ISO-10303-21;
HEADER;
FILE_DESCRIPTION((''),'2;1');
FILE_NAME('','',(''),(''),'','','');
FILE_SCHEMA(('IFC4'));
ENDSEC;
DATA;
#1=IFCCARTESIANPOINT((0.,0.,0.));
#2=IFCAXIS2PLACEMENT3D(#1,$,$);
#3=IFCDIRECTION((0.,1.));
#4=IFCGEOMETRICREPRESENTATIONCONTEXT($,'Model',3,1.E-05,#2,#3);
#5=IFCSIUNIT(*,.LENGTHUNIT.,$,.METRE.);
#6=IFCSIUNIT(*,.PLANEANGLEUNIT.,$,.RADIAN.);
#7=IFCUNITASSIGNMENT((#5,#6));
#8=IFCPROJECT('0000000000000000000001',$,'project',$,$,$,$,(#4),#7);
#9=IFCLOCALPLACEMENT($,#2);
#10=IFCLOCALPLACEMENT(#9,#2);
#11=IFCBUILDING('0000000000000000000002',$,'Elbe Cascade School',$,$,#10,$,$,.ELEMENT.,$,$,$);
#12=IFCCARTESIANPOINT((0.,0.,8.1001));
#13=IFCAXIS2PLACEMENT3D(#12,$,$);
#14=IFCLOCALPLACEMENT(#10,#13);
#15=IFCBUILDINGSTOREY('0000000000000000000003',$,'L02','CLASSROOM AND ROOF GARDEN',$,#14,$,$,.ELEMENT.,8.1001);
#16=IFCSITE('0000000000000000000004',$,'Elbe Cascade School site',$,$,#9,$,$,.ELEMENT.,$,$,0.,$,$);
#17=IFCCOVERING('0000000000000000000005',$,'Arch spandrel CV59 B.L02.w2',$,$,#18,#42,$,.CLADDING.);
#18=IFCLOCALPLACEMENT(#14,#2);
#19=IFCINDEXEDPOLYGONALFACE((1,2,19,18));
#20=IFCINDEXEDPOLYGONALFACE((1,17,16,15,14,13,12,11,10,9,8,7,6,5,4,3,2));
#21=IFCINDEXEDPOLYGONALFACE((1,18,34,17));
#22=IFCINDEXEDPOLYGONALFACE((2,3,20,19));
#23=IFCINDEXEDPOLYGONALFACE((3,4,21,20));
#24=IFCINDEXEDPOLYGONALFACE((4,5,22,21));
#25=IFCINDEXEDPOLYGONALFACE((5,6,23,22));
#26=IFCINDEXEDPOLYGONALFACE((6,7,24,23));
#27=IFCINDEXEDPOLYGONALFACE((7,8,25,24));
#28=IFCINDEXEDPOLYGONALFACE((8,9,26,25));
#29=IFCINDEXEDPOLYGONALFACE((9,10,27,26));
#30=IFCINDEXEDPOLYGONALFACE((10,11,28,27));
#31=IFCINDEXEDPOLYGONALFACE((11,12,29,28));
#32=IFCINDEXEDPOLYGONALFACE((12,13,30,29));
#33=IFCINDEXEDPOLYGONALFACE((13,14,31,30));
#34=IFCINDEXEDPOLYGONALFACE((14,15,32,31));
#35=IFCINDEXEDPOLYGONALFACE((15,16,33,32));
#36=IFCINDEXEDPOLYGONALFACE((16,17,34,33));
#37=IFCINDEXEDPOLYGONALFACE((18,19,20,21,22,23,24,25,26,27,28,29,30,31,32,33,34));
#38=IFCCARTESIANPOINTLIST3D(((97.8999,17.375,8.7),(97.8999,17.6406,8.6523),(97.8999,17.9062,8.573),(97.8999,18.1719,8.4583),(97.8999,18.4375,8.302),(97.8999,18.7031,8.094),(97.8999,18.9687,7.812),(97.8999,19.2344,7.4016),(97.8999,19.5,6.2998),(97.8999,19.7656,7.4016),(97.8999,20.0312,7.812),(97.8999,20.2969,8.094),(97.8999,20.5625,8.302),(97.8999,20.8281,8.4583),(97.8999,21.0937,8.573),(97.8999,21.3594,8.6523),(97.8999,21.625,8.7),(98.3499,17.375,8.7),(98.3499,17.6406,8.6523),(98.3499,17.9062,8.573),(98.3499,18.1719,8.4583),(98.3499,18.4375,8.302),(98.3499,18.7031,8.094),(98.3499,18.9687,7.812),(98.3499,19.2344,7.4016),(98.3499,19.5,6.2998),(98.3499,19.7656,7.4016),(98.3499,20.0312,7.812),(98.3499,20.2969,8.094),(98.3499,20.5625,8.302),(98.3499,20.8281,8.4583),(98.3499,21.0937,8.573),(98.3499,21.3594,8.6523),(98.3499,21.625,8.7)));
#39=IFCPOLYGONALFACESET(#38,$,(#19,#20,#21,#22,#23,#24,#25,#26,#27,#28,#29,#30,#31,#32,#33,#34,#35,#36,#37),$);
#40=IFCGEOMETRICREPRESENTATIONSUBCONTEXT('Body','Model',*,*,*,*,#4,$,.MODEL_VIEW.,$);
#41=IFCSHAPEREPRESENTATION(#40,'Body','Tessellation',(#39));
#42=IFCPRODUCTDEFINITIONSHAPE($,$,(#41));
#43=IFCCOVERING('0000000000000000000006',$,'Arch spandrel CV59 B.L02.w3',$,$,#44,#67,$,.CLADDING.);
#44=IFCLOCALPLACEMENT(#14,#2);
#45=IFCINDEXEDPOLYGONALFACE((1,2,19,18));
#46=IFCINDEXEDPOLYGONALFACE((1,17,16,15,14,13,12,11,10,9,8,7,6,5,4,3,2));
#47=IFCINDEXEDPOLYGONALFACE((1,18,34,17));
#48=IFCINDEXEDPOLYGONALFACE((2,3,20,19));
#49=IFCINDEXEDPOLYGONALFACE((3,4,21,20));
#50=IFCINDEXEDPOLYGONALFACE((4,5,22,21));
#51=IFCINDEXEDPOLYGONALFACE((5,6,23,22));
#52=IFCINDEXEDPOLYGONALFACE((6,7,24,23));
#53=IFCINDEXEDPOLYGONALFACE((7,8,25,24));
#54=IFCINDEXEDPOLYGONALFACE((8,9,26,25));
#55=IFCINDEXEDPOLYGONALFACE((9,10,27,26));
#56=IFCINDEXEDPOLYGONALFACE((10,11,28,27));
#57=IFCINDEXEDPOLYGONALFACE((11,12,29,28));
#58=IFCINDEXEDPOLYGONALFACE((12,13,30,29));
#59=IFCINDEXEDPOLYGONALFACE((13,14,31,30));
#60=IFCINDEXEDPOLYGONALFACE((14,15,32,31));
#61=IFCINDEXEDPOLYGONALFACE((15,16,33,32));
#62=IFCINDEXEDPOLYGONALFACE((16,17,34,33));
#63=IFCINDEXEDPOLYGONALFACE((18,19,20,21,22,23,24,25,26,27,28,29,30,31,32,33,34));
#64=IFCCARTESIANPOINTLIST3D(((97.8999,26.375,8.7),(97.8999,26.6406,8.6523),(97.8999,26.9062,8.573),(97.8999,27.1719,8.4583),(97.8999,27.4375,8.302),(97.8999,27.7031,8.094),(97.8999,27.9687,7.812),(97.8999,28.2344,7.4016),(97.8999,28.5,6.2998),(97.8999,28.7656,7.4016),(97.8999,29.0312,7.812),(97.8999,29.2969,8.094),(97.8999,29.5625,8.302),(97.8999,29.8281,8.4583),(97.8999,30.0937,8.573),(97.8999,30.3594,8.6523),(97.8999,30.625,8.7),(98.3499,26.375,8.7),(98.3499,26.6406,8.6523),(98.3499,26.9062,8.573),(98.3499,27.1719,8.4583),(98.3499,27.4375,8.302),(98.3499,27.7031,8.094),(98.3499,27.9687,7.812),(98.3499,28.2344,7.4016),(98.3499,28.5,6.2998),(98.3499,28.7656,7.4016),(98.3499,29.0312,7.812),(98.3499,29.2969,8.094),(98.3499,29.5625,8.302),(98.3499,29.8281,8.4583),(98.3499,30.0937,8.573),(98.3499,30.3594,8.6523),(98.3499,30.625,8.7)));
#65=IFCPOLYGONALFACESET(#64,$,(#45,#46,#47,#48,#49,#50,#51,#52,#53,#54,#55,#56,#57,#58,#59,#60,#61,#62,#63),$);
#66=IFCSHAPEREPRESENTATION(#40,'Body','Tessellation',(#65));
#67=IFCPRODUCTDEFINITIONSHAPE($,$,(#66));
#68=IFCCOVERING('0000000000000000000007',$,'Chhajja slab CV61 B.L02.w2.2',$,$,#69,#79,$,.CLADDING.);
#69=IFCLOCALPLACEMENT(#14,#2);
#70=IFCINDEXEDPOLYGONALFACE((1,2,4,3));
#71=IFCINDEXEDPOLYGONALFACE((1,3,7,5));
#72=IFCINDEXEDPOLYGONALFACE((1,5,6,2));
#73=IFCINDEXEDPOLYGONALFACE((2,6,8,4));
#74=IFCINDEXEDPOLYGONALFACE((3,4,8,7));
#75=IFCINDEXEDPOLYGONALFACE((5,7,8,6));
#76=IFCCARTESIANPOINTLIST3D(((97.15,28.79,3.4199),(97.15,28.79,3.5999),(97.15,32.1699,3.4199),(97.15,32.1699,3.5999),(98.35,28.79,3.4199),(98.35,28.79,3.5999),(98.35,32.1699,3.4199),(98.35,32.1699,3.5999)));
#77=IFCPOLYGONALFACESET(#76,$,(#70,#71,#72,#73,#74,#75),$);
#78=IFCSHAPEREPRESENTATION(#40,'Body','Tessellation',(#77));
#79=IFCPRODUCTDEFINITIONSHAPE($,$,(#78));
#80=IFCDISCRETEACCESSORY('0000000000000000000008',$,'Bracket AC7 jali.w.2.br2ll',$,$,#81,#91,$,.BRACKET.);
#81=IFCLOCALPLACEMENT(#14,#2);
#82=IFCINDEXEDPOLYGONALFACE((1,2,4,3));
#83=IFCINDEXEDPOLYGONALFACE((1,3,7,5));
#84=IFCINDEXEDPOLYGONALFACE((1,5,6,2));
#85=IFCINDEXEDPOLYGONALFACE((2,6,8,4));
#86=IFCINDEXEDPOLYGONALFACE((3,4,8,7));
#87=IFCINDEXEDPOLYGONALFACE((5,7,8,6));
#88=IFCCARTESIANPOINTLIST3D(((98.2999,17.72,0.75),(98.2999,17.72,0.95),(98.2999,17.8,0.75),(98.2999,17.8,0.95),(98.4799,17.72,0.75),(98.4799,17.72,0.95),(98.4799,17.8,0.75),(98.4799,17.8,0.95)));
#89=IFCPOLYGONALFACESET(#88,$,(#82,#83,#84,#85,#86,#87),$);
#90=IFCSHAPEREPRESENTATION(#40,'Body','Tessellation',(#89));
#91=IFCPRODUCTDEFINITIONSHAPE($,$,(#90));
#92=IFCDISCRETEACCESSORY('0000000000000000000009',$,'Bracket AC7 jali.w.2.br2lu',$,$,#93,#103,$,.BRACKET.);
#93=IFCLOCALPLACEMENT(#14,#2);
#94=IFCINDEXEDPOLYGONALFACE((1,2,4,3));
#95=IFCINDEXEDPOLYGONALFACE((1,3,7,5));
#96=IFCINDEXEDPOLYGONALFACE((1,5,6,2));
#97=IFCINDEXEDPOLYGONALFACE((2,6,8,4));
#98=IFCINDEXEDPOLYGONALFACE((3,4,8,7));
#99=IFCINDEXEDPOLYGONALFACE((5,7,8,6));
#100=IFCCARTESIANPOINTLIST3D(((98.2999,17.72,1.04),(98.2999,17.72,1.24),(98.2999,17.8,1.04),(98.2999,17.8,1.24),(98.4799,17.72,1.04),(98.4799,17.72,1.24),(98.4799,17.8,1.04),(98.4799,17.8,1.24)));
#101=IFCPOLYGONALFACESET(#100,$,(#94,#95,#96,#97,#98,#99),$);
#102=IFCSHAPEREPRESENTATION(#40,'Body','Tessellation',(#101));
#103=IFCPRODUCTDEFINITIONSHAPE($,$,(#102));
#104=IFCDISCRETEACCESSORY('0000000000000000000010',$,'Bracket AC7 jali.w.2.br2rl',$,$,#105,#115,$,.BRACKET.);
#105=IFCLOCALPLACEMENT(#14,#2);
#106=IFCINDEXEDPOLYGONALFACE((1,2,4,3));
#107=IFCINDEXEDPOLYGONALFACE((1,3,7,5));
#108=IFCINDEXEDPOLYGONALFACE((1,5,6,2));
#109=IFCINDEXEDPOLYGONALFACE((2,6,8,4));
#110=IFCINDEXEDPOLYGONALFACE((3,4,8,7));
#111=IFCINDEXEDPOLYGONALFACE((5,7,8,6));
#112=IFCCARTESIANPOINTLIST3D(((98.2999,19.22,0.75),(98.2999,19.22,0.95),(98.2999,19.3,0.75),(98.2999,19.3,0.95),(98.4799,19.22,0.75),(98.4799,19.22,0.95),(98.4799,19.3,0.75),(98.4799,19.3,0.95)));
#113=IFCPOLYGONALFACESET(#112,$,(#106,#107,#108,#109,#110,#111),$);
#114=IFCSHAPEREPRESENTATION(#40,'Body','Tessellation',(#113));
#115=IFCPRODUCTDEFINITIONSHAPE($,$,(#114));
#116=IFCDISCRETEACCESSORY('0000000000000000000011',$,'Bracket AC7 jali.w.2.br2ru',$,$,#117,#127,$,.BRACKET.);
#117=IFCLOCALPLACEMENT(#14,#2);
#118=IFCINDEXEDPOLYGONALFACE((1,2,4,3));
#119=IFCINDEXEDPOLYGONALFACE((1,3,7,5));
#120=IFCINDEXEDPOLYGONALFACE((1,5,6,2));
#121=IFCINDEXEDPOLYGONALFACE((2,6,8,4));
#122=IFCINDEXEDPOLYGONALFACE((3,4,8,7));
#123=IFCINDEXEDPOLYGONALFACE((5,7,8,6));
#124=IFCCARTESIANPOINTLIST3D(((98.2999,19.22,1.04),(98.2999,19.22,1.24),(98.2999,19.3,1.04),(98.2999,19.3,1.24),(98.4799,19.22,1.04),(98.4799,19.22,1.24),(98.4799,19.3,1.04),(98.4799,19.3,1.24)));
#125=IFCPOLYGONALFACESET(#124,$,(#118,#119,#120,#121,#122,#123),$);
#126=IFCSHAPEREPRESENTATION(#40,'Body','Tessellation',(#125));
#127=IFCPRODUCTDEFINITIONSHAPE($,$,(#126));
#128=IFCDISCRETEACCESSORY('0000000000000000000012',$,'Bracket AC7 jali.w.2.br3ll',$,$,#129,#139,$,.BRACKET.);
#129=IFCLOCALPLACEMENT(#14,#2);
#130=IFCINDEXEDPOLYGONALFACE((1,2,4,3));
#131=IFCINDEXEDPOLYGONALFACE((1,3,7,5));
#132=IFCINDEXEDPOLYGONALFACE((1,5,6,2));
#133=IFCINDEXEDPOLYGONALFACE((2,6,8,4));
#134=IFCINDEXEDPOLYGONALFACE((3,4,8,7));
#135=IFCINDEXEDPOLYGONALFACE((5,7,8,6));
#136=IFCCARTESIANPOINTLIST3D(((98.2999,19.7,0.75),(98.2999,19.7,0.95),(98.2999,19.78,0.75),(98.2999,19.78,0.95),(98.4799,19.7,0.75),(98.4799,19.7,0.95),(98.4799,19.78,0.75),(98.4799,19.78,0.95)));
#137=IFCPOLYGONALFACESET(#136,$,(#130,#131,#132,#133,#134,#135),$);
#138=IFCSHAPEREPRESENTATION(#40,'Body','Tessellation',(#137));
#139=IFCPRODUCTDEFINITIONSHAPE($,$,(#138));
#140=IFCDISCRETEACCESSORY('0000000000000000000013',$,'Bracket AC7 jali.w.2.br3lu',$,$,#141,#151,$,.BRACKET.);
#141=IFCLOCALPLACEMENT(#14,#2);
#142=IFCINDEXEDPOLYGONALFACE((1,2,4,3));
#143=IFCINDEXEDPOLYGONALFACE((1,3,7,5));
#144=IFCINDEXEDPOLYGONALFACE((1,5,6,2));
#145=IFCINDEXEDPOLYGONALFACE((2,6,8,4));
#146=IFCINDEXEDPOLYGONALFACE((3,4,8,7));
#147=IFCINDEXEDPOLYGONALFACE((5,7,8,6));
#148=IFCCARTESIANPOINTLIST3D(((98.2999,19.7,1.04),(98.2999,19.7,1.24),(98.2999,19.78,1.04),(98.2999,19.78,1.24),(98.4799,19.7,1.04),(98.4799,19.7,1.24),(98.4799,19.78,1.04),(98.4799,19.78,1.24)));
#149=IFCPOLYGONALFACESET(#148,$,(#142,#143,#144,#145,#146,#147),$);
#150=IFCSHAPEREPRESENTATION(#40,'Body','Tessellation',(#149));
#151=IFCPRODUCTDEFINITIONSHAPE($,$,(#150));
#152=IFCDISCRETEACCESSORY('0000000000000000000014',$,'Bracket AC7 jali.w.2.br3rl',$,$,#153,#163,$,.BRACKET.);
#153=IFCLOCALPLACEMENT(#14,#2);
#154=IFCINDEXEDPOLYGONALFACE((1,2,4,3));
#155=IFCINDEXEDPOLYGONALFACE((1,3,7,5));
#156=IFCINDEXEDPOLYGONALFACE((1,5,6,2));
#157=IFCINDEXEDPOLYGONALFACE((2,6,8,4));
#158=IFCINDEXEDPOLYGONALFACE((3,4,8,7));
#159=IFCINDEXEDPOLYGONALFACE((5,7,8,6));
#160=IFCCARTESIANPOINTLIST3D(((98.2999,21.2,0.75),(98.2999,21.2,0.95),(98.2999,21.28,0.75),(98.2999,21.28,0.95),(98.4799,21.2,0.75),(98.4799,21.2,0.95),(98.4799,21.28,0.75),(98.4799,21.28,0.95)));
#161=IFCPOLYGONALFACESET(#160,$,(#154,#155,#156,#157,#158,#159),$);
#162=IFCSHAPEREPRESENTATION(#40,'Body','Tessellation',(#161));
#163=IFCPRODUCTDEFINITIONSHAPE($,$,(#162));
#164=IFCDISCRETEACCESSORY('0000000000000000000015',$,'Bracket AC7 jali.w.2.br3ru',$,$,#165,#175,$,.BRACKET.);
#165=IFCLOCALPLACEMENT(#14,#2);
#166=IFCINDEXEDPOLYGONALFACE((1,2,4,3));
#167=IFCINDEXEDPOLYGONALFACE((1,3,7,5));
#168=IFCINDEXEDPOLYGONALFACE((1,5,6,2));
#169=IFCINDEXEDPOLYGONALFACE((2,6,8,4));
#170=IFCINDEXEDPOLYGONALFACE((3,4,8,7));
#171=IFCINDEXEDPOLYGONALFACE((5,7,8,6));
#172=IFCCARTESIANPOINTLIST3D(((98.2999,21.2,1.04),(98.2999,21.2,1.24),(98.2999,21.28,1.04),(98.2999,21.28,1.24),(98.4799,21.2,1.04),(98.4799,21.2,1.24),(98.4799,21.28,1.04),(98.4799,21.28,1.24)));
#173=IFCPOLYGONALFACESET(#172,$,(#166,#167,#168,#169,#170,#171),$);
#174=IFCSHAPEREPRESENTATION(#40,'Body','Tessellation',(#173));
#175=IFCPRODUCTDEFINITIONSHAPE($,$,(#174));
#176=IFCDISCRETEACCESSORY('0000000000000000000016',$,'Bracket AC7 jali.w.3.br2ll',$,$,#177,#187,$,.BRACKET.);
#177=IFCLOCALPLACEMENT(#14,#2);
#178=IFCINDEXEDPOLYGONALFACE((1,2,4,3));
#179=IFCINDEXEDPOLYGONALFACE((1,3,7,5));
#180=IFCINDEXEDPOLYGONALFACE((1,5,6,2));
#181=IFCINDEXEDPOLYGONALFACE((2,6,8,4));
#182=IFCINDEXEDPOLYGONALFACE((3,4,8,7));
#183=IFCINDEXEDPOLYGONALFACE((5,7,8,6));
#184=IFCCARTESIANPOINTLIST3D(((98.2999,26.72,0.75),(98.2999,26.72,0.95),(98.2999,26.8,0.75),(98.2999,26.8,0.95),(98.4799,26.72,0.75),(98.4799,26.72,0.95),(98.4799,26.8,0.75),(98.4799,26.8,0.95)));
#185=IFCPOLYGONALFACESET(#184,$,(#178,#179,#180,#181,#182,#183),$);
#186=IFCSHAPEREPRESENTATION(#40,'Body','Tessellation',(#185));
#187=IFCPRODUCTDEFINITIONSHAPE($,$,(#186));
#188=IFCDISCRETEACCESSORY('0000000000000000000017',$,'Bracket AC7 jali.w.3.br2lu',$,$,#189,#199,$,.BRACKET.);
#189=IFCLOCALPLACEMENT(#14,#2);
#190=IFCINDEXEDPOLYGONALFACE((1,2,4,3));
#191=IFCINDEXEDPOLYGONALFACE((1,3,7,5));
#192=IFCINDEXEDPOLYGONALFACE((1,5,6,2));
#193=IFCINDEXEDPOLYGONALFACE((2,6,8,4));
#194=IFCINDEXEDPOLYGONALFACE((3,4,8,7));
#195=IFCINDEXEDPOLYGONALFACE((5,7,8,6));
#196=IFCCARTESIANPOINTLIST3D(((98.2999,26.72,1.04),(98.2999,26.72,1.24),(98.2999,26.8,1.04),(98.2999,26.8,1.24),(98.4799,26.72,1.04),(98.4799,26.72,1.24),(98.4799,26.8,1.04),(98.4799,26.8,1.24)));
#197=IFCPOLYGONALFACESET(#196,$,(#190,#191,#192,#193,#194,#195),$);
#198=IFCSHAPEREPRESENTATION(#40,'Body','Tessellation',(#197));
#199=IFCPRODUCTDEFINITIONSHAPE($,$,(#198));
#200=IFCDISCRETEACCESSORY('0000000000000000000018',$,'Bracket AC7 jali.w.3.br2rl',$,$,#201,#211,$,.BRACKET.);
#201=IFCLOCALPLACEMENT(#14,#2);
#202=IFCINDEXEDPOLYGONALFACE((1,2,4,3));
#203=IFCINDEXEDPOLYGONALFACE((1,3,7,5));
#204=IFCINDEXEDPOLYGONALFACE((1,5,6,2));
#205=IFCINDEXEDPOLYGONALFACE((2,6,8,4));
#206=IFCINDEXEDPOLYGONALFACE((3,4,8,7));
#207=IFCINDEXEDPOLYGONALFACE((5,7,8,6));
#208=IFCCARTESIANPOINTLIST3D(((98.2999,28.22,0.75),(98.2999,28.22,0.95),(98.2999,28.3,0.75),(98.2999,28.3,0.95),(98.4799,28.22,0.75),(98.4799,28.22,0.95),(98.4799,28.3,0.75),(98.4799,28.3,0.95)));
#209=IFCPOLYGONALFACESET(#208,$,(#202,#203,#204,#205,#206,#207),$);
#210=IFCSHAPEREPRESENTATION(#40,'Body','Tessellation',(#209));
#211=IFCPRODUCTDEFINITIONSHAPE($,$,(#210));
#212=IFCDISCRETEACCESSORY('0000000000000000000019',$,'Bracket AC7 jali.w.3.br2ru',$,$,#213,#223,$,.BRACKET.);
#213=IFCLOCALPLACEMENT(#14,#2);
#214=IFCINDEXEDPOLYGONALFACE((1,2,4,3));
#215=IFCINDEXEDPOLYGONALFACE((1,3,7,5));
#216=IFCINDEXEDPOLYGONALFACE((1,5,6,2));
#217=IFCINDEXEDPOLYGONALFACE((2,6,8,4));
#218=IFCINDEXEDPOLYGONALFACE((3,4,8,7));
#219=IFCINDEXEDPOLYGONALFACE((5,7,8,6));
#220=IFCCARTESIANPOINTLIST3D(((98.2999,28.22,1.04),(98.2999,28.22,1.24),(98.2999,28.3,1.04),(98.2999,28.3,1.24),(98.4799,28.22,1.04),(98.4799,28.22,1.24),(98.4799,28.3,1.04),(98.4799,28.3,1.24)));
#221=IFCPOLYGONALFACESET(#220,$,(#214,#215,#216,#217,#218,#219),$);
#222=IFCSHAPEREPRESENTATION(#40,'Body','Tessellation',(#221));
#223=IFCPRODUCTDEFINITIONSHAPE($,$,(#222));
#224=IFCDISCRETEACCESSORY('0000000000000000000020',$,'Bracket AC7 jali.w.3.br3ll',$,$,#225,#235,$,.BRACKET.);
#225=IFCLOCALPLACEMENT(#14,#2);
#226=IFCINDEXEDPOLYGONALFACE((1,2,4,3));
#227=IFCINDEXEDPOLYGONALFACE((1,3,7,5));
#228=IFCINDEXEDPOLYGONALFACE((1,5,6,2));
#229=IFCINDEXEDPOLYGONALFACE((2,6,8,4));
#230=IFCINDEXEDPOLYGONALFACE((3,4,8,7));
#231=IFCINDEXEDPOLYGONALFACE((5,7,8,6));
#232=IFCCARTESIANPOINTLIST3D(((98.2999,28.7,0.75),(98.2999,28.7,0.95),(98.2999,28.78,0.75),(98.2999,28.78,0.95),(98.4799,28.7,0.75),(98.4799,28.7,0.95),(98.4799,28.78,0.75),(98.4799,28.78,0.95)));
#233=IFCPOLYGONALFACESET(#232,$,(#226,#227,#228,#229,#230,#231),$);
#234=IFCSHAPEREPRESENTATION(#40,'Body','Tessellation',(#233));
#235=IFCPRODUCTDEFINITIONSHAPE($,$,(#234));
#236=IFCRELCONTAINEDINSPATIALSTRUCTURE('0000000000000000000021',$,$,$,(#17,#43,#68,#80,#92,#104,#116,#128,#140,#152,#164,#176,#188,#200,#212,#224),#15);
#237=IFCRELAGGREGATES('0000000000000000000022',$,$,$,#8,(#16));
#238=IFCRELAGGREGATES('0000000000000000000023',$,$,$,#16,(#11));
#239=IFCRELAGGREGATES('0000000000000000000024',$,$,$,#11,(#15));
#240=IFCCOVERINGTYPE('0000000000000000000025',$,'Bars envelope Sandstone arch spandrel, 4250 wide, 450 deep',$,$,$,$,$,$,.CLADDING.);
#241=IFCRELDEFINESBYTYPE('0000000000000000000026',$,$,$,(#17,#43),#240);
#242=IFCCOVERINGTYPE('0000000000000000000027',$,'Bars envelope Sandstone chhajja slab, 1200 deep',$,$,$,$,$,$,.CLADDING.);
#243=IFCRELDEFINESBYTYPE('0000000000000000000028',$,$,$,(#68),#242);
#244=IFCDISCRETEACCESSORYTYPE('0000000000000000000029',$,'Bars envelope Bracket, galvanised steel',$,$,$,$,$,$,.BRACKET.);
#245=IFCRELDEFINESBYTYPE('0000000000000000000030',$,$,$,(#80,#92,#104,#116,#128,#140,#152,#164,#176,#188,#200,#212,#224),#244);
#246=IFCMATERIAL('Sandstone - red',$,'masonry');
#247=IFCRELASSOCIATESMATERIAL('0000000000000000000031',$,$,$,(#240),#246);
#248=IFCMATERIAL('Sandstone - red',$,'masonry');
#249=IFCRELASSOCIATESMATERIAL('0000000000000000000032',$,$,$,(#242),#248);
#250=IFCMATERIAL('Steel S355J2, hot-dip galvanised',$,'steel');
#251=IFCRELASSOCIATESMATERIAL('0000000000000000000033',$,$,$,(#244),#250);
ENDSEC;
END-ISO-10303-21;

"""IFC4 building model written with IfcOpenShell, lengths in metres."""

from ifc_helpers import new_model, si_unit, direction, frame, origin, origin_2d, place, context, subcontext, project, spatial, polyline, rectangle, outline, extrude, material, type_object, element, save


model = new_model("IFC4")

# Units and contexts
model_context = context("Model", 3, precision=1e-05, world=origin(), true_north=direction((0.0, 1.0)))
body_context = subcontext(model_context, "Body", "Model", "MODEL_VIEW")
ifc_project = project(units=[si_unit("LENGTHUNIT", "METRE"), si_unit("PLANEANGLEUNIT", "RADIAN")], contexts=[model_context])

# Site, building, storey
site_placement = place(None, origin())
site = spatial("IfcSite", under=ifc_project, at=site_placement, Name="Elbe Cascade School site", CompositionType="ELEMENT", RefElevation=0.0)
building_placement = place(site_placement, origin())
building = spatial("IfcBuilding", under=site, at=building_placement, Name="Elbe Cascade School", CompositionType="ELEMENT")
storey_placement = place(building_placement, frame((0.0, 0.0, 8.1001)))
storey = spatial("IfcBuildingStorey", under=building, at=storey_placement, Name="L02", Description="CLASSROOM AND ROOF GARDEN", CompositionType="ELEMENT", Elevation=8.1001)

# Coverings
ifc_material_1 = material(Name="Sandstone - red", Category="masonry")
covering_type_1 = type_object("IfcCoveringType", Name="Bars envelope Sandstone arch spandrel, 4250 wide, 450 deep", PredefinedType="CLADDING", material=ifc_material_1)
for number, where, z_axis, x_axis, name in (
    (1, (97.8999, 19.5, 6.2998), (-1.0, 0.0, 0.0), (0.0, -0.234367, 0.972148), "Arch spandrel CV59 B.L02.w2"),
    (2, (97.8999, 28.5, 6.2998), (-1.0, 0.0, 0.0), (0.0, -0.234367, 0.972148), "Arch spandrel CV59 B.L02.w3"),
):
    element("IfcCovering", number, at=place(storey_placement, frame(where, z_axis=z_axis, x_axis=x_axis)), inside=storey, type_object=covering_type_1, Name=name, PredefinedType="CLADDING", context=body_context, shape_type="SweptSolid", body=[
        extrude(outline(polyline([(0.0, 0.0), (1.1334, 0.0), (1.5946, -0.162), (1.931, -0.3542), (2.1954, -0.5637), (2.4096, -0.7853), (2.5834, -1.0166), (2.7228, -1.2562), (2.8313, -1.5033), (1.8353, 2.6283), (1.8512, 2.3589), (1.8364, 2.0821), (1.7871, 1.797), (1.6974, 1.5022), (1.5575, 1.1952), (1.3456, 0.8709), (1.0089, 0.5165), (0.0, 0.0)])), origin(), (0.0, 0.0, -1.0), 0.45),
    ])
ifc_material_2 = material(Name="Sandstone - red", Category="masonry")
covering_type_2 = type_object("IfcCoveringType", Name="Bars envelope Sandstone chhajja slab, 1200 deep", PredefinedType="CLADDING", material=ifc_material_2)
covering_1_placement = place(storey_placement, frame((97.75, 30.48, 3.4199), z_axis=(0.0, 0.0, 1.0), x_axis=(0.0, 1.0, 0.0)))
element("IfcCovering", 3, at=covering_1_placement, inside=storey, type_object=covering_type_2, Name="Chhajja slab CV61 B.L02.w2.2", PredefinedType="CLADDING", context=body_context, shape_type="SweptSolid", body=[
    extrude(rectangle(XDim=3.3799, YDim=1.2, at=origin_2d()), origin(), (0.0, 0.0, 1.0), 0.1799),
])

# Discrete accessories
ifc_material_3 = material(Name="Steel S355J2, hot-dip galvanised", Category="steel")
discrete_accessory_type = type_object("IfcDiscreteAccessoryType", Name="Bars envelope Bracket, galvanised steel", PredefinedType="BRACKET", material=ifc_material_3)
for number, where, z_axis, x_axis, name in (
    (4, (98.3899, 17.76, 0.75), (0.0, 0.0, 1.0), (0.0, 1.0, 0.0), "Bracket AC7 jali.w.2.br2ll"),
    (5, (98.3899, 17.76, 1.04), (0.0, 0.0, 1.0), (0.0, 1.0, 0.0), "Bracket AC7 jali.w.2.br2lu"),
    (6, (98.3899, 19.26, 0.75), (0.0, 0.0, 1.0), (0.0, 1.0, 0.0), "Bracket AC7 jali.w.2.br2rl"),
    (7, (98.3899, 19.26, 1.04), (0.0, 0.0, 1.0), (0.0, 1.0, 0.0), "Bracket AC7 jali.w.2.br2ru"),
    (8, (98.3899, 19.74, 0.75), (0.0, 0.0, 1.0), (0.0, 1.0, 0.0), "Bracket AC7 jali.w.2.br3ll"),
    (9, (98.3899, 19.74, 1.04), (0.0, 0.0, 1.0), (0.0, 1.0, 0.0), "Bracket AC7 jali.w.2.br3lu"),
    (10, (98.3899, 21.24, 0.75), (0.0, 0.0, 1.0), (0.0, 1.0, 0.0), "Bracket AC7 jali.w.2.br3rl"),
    (11, (98.3899, 21.24, 1.04), (0.0, 0.0, 1.0), (0.0, 1.0, 0.0), "Bracket AC7 jali.w.2.br3ru"),
    (12, (98.3899, 26.76, 0.75), (0.0, 0.0, 1.0), (0.0, 1.0, 0.0), "Bracket AC7 jali.w.3.br2ll"),
    (13, (98.3899, 26.76, 1.04), (0.0, 0.0, 1.0), (0.0, 1.0, 0.0), "Bracket AC7 jali.w.3.br2lu"),
    (14, (98.3899, 28.26, 0.75), (0.0, 0.0, 1.0), (0.0, 1.0, 0.0), "Bracket AC7 jali.w.3.br2rl"),
    (15, (98.3899, 28.26, 1.04), (0.0, 0.0, 1.0), (0.0, 1.0, 0.0), "Bracket AC7 jali.w.3.br2ru"),
    (16, (98.3899, 28.74, 0.75), (0.0, 0.0, 1.0), (0.0, 1.0, 0.0), "Bracket AC7 jali.w.3.br3ll"),
):
    element("IfcDiscreteAccessory", number, at=place(storey_placement, frame(where, z_axis=z_axis, x_axis=x_axis)), inside=storey, type_object=discrete_accessory_type, Name=name, PredefinedType="BRACKET", context=body_context, shape_type="SweptSolid", body=[
        extrude(rectangle(XDim=0.0801, YDim=0.1799, at=origin_2d()), origin(), (0.0, 0.0, 1.0), 0.2),
    ])

save(model, "model.ifc")
